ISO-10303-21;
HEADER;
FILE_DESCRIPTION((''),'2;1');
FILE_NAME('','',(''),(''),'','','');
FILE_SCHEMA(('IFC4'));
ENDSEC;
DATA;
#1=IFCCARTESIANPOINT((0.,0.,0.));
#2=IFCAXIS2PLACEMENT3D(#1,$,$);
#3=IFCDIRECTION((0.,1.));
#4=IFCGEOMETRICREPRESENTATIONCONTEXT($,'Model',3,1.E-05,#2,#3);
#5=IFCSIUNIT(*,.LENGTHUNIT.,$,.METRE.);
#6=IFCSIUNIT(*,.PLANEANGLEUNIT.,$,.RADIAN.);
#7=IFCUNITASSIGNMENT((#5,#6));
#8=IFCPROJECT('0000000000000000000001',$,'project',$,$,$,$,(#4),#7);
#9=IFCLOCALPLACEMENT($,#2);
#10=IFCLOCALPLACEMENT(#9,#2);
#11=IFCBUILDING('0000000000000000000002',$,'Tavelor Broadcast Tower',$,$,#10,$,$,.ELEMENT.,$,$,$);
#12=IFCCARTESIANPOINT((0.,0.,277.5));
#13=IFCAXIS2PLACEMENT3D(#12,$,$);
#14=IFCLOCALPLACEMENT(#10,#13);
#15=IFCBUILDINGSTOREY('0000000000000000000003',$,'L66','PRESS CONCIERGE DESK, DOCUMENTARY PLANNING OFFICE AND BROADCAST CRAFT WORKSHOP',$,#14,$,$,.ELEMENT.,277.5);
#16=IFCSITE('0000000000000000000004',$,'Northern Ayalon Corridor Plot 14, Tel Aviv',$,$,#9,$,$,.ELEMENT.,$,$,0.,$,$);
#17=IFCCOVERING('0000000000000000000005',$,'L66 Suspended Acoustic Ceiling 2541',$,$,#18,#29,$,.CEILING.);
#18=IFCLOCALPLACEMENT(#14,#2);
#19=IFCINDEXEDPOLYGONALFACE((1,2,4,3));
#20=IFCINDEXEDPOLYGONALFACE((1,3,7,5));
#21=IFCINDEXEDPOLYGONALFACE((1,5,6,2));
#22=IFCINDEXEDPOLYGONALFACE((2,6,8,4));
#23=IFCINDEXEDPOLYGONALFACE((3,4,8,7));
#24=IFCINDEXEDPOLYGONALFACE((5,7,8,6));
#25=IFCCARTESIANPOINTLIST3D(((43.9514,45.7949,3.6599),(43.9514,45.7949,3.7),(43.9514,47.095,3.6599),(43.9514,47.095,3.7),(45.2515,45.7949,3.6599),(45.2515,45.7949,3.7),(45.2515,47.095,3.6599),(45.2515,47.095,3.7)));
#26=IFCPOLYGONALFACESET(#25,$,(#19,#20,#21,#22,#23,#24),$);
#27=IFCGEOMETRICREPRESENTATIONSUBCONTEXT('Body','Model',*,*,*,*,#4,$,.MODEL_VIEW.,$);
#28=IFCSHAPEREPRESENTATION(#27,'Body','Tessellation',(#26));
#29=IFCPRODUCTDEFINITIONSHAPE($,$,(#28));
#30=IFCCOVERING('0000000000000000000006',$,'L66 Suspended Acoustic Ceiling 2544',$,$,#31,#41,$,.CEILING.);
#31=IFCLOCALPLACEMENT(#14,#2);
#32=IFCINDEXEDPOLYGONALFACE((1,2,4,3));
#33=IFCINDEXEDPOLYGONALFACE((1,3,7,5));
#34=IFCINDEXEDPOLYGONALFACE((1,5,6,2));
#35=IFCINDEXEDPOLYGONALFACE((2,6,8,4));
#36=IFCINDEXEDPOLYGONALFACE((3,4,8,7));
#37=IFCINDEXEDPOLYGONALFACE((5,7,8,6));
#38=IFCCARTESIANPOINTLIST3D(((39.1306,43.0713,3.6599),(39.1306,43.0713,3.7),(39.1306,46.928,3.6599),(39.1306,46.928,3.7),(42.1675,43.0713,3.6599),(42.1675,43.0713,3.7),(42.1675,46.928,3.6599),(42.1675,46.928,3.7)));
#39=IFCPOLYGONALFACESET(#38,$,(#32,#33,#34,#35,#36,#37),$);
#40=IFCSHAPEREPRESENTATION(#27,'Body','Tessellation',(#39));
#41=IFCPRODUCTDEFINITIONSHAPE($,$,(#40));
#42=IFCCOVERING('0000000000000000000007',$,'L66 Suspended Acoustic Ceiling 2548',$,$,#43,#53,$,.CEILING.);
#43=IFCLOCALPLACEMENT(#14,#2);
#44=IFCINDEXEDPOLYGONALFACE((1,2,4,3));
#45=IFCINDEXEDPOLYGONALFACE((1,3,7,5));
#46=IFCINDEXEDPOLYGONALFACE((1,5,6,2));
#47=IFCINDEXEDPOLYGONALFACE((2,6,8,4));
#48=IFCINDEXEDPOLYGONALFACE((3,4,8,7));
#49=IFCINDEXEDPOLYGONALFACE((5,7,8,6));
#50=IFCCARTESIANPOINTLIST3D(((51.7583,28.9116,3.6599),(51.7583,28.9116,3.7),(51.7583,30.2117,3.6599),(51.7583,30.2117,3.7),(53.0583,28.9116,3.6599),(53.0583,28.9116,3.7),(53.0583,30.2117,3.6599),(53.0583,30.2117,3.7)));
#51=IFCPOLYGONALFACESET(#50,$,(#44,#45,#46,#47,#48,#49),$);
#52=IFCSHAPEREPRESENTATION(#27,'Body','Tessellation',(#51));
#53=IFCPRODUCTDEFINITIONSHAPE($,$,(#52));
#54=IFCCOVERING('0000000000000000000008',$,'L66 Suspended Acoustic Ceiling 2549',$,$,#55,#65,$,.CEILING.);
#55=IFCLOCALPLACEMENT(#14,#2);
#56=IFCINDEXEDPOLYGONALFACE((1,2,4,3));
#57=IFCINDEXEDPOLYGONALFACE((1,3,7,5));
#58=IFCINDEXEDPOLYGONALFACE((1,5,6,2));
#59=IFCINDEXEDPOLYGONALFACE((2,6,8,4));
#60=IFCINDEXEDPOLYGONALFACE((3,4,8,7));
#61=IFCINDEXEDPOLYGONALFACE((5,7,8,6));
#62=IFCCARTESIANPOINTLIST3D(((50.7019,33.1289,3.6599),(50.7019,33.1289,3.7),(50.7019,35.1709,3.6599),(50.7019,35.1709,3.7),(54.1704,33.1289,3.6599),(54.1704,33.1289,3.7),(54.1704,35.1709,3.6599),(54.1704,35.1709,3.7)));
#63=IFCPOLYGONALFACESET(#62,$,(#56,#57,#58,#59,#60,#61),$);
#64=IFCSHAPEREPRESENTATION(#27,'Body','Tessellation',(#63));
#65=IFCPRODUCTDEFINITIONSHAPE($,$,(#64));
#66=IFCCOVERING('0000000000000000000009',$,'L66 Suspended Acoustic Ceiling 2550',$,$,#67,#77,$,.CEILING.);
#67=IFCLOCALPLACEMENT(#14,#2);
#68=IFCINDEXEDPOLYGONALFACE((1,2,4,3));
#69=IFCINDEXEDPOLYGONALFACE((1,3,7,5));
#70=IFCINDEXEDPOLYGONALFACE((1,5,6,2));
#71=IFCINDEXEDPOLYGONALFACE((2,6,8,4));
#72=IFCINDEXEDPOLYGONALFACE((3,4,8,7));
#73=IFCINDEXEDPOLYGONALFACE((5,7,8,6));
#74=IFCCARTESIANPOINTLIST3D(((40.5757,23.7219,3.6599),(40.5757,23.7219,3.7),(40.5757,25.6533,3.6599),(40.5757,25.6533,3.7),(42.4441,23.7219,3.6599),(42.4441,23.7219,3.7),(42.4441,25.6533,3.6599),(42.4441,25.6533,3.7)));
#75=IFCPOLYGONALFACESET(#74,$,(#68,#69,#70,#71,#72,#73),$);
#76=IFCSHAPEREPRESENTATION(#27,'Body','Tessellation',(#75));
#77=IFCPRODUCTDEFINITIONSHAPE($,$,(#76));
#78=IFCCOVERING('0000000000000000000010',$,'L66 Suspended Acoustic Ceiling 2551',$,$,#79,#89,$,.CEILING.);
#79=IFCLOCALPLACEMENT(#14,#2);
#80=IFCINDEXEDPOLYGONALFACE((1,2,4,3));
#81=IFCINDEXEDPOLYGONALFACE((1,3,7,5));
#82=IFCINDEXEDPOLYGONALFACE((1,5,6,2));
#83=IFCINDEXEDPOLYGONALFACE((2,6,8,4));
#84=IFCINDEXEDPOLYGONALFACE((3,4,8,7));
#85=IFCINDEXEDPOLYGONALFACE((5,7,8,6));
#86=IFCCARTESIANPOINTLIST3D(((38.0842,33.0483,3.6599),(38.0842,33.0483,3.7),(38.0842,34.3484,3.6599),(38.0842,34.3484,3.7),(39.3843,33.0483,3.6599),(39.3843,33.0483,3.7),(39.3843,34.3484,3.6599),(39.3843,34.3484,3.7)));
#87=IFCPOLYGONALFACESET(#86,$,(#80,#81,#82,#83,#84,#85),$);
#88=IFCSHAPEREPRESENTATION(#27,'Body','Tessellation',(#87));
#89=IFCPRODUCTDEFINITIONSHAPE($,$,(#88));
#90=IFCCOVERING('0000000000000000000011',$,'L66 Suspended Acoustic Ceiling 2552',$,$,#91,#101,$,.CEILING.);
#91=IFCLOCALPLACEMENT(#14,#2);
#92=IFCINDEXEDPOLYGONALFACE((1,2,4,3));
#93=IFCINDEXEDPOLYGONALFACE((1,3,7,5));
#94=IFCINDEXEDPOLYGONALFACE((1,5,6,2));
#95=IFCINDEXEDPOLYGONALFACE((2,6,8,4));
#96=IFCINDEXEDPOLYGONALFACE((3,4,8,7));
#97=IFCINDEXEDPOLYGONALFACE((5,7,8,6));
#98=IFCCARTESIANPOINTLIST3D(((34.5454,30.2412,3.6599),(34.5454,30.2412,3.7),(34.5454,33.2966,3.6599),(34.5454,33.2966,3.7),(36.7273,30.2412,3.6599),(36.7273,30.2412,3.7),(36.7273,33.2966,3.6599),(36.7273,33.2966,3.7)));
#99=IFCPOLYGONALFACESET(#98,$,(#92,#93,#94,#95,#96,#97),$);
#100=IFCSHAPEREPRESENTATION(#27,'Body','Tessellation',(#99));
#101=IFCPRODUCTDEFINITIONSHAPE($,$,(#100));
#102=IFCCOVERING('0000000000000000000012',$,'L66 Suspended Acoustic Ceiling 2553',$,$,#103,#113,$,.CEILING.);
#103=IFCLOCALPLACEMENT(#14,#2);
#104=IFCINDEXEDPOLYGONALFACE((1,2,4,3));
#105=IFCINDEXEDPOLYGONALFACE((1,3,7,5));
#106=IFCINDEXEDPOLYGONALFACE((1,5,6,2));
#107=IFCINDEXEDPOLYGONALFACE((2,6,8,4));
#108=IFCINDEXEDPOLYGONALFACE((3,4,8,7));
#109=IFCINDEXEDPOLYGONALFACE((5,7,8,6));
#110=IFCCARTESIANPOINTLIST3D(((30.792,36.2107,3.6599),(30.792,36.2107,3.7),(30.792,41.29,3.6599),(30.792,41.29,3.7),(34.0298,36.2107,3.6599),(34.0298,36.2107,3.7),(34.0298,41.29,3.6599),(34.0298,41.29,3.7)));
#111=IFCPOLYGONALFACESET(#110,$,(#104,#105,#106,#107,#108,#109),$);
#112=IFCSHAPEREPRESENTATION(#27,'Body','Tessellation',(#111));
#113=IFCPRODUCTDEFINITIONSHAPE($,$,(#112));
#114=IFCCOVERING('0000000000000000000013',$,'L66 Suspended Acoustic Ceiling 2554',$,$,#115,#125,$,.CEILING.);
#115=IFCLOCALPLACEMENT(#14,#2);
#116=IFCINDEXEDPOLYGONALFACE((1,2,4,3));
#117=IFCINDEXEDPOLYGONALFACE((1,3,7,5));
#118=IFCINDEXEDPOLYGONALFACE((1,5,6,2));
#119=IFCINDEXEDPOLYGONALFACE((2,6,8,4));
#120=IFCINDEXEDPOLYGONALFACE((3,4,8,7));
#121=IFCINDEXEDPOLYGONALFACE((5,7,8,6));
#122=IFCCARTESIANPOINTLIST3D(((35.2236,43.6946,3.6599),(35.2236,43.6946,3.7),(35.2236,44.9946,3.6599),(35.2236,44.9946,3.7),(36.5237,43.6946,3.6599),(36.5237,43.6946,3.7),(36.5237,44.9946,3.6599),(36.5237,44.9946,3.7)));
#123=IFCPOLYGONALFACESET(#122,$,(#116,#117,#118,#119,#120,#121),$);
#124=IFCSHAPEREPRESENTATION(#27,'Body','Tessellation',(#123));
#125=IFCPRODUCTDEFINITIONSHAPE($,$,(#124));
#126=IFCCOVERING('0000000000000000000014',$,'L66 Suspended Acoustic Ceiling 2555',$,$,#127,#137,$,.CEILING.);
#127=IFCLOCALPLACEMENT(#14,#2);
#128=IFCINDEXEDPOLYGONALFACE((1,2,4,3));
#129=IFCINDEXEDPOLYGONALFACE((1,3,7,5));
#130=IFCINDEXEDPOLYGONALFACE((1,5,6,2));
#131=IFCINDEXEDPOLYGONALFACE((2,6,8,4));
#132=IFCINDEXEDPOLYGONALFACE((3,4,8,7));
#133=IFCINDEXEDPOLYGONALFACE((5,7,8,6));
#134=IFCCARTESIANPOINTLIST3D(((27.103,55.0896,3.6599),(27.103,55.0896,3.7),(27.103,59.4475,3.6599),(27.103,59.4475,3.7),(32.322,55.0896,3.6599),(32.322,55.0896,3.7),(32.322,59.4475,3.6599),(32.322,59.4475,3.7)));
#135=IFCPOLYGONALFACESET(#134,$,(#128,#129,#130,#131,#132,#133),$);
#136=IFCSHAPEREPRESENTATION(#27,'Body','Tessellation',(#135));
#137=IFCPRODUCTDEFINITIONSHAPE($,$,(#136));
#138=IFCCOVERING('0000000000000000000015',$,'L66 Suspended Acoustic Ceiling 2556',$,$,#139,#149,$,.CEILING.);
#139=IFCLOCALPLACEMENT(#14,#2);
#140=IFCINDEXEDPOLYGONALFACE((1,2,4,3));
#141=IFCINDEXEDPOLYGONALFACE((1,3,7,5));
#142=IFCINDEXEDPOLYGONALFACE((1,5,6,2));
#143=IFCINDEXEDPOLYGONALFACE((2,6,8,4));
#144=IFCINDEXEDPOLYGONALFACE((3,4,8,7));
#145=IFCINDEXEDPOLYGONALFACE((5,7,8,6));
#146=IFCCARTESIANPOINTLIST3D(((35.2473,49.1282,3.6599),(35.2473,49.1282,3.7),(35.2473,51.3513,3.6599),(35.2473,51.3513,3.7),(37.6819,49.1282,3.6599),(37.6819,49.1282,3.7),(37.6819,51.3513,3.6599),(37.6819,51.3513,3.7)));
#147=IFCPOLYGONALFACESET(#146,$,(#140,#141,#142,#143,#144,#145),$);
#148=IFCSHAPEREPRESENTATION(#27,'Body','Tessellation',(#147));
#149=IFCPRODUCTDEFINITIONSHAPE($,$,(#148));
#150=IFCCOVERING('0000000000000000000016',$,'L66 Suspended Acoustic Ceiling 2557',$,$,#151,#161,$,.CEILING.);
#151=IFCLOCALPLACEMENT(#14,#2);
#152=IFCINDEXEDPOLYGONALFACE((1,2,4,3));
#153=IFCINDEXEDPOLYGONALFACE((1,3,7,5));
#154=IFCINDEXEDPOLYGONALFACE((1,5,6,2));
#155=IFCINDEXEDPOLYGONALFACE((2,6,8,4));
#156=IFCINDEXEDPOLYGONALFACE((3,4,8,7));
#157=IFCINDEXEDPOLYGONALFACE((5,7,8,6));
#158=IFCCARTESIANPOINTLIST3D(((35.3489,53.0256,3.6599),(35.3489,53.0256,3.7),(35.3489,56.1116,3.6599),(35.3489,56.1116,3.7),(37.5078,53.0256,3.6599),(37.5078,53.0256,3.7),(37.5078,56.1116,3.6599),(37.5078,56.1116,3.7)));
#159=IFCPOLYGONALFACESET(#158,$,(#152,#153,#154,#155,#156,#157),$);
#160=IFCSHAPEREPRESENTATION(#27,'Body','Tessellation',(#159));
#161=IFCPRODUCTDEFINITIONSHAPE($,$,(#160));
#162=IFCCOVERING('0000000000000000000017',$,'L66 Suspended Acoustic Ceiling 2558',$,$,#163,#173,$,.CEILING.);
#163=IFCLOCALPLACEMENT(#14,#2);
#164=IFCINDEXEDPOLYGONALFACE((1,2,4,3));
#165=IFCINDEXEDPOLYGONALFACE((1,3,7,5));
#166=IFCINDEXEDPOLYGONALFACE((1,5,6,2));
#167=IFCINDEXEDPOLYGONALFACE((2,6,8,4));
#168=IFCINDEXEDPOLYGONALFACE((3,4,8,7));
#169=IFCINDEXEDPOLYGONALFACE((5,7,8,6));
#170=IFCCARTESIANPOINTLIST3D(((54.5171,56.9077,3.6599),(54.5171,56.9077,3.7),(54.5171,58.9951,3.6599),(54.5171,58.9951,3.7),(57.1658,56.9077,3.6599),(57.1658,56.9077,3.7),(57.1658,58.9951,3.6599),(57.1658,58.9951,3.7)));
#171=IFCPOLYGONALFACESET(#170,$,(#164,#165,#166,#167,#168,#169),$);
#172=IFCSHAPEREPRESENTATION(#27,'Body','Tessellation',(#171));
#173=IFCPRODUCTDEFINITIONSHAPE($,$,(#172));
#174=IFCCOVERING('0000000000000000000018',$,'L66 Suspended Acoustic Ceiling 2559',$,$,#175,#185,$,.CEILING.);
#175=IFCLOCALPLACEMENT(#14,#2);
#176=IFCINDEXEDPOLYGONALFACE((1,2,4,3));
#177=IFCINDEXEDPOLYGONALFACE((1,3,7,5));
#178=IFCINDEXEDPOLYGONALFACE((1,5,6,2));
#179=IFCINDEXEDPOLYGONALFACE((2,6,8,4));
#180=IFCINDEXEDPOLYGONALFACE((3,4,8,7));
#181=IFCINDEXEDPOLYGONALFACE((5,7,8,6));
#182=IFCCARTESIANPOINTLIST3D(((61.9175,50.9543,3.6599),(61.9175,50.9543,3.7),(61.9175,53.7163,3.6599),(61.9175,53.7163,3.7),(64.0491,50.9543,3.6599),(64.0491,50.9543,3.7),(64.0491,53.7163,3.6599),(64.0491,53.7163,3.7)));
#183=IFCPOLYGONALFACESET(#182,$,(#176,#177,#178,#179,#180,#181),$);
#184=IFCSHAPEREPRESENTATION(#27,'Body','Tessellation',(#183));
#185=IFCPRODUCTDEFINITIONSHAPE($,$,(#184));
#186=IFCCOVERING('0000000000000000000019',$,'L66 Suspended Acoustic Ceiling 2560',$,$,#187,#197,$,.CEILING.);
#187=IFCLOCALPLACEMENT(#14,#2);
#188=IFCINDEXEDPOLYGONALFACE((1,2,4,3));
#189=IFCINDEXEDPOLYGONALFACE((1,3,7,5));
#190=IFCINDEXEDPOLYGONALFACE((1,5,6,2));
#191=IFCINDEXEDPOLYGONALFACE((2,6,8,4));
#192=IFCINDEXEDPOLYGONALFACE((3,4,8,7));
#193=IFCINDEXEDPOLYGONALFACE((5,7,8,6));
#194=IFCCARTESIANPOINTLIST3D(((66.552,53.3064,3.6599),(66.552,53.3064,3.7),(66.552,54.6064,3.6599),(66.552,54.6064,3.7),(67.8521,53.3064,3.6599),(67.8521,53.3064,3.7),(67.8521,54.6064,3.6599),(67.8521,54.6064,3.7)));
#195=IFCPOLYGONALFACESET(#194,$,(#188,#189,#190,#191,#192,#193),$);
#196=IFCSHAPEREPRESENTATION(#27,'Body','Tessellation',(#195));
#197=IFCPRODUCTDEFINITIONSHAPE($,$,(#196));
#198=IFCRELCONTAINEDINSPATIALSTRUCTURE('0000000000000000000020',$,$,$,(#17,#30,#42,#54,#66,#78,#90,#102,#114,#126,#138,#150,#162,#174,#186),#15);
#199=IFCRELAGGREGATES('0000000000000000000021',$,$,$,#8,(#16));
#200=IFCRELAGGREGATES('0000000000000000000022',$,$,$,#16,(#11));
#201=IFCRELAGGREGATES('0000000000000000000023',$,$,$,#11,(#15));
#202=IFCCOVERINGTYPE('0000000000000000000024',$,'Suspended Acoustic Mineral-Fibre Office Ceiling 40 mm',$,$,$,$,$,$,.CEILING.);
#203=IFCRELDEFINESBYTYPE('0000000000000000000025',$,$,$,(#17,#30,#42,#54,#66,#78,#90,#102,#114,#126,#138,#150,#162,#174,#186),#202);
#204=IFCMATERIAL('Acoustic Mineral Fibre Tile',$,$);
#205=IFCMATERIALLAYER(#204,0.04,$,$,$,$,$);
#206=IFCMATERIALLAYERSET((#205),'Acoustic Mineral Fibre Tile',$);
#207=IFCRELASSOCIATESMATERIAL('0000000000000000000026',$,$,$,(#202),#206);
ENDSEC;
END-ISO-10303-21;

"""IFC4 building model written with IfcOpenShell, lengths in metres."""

from ifc_helpers import new_model, si_unit, direction, frame, origin, place, context, subcontext, project, spatial, polyline, outline, extrude, material, layer, layer_set, type_object, element, save


model = new_model("IFC4")

# Units and contexts
model_context = context("Model", 3, precision=1e-05, world=origin(), true_north=direction((0.0, 1.0)))
body_context = subcontext(model_context, "Body", "Model", "MODEL_VIEW")
ifc_project = project(units=[si_unit("LENGTHUNIT", "METRE"), si_unit("PLANEANGLEUNIT", "RADIAN")], contexts=[model_context])

# Site, building, storey
site_placement = place(None, origin())
site = spatial("IfcSite", under=ifc_project, at=site_placement, Name="Northern Ayalon Corridor Plot 14, Tel Aviv", CompositionType="ELEMENT", RefElevation=0.0)
building_placement = place(site_placement, origin())
building = spatial("IfcBuilding", under=site, at=building_placement, Name="Tavelor Broadcast Tower", CompositionType="ELEMENT")
storey_placement = place(building_placement, frame((0.0, 0.0, 277.5)))
storey = spatial("IfcBuildingStorey", under=building, at=storey_placement, Name="L66", Description="PRESS CONCIERGE DESK, DOCUMENTARY PLANNING OFFICE AND BROADCAST CRAFT WORKSHOP", CompositionType="ELEMENT", Elevation=277.5)

# Coverings
ifc_material_1 = material(Name="Acoustic Mineral Fibre Tile")
ifc_layer_1 = layer(ifc_material_1, 0.04)
ifc_layer_set_1 = layer_set([ifc_layer_1], Name="Acoustic Mineral Fibre Tile")
covering_type_1 = type_object("IfcCoveringType", Name="Suspended Acoustic Mineral-Fibre Office Ceiling 40 mm", PredefinedType="CEILING", material=ifc_layer_set_1)
covering_1_placement = place(storey_placement, frame((0.0, 0.0, 3.6599)))
element("IfcCovering", 1, at=covering_1_placement, inside=storey, type_object=covering_type_1, Name="L66 Suspended Acoustic Ceiling 2541", PredefinedType="CEILING", context=body_context, shape_type="SweptSolid", body=[
    extrude(outline(polyline([(43.9514, 45.7949), (45.2515, 45.7949), (45.2515, 47.095), (43.9514, 47.095), (43.9514, 45.7949)])), origin(), (0.0, 0.0, 1.0), 0.04),
])
covering_2_placement = place(storey_placement, frame((0.0, 0.0, 3.6599)))
element("IfcCovering", 2, at=covering_2_placement, inside=storey, type_object=covering_type_1, Name="L66 Suspended Acoustic Ceiling 2544", PredefinedType="CEILING", context=body_context, shape_type="SweptSolid", body=[
    extrude(outline(polyline([(39.1306, 43.0713), (42.1675, 43.0713), (42.1675, 46.928), (39.1306, 46.928), (39.1306, 43.0713)])), origin(), (0.0, 0.0, 1.0), 0.04),
])
covering_3_placement = place(storey_placement, frame((0.0, 0.0, 3.6599)))
element("IfcCovering", 3, at=covering_3_placement, inside=storey, type_object=covering_type_1, Name="L66 Suspended Acoustic Ceiling 2548", PredefinedType="CEILING", context=body_context, shape_type="SweptSolid", body=[
    extrude(outline(polyline([(51.7583, 28.9116), (53.0583, 28.9116), (53.0583, 30.2117), (51.7583, 30.2117), (51.7583, 28.9116)])), origin(), (0.0, 0.0, 1.0), 0.04),
])
covering_4_placement = place(storey_placement, frame((0.0, 0.0, 3.6599)))
element("IfcCovering", 4, at=covering_4_placement, inside=storey, type_object=covering_type_1, Name="L66 Suspended Acoustic Ceiling 2549", PredefinedType="CEILING", context=body_context, shape_type="SweptSolid", body=[
    extrude(outline(polyline([(50.7019, 33.1289), (54.1704, 33.1289), (54.1704, 35.1709), (50.7019, 35.1709), (50.7019, 33.1289)])), origin(), (0.0, 0.0, 1.0), 0.04),
])
covering_5_placement = place(storey_placement, frame((0.0, 0.0, 3.6599)))
element("IfcCovering", 5, at=covering_5_placement, inside=storey, type_object=covering_type_1, Name="L66 Suspended Acoustic Ceiling 2550", PredefinedType="CEILING", context=body_context, shape_type="SweptSolid", body=[
    extrude(outline(polyline([(40.5757, 23.7219), (42.4441, 23.7219), (42.4441, 25.6533), (40.5757, 25.6533), (40.5757, 23.7219)])), origin(), (0.0, 0.0, 1.0), 0.04),
])
covering_6_placement = place(storey_placement, frame((0.0, 0.0, 3.6599)))
element("IfcCovering", 6, at=covering_6_placement, inside=storey, type_object=covering_type_1, Name="L66 Suspended Acoustic Ceiling 2551", PredefinedType="CEILING", context=body_context, shape_type="SweptSolid", body=[
    extrude(outline(polyline([(38.0842, 33.0483), (39.3843, 33.0483), (39.3843, 34.3484), (38.0842, 34.3484), (38.0842, 33.0483)])), origin(), (0.0, 0.0, 1.0), 0.04),
])
covering_7_placement = place(storey_placement, frame((0.0, 0.0, 3.6599)))
element("IfcCovering", 7, at=covering_7_placement, inside=storey, type_object=covering_type_1, Name="L66 Suspended Acoustic Ceiling 2552", PredefinedType="CEILING", context=body_context, shape_type="SweptSolid", body=[
    extrude(outline(polyline([(34.5454, 30.2412), (36.7273, 30.2412), (36.7273, 33.2966), (34.5454, 33.2966), (34.5454, 30.2412)])), origin(), (0.0, 0.0, 1.0), 0.04),
])
covering_8_placement = place(storey_placement, frame((0.0, 0.0, 3.6599)))
element("IfcCovering", 8, at=covering_8_placement, inside=storey, type_object=covering_type_1, Name="L66 Suspended Acoustic Ceiling 2553", PredefinedType="CEILING", context=body_context, shape_type="SweptSolid", body=[
    extrude(outline(polyline([(30.792, 36.2107), (34.0298, 36.2107), (34.0298, 41.29), (30.792, 41.29), (30.792, 36.2107)])), origin(), (0.0, 0.0, 1.0), 0.04),
])
covering_9_placement = place(storey_placement, frame((0.0, 0.0, 3.6599)))
element("IfcCovering", 9, at=covering_9_placement, inside=storey, type_object=covering_type_1, Name="L66 Suspended Acoustic Ceiling 2554", PredefinedType="CEILING", context=body_context, shape_type="SweptSolid", body=[
    extrude(outline(polyline([(35.2236, 43.6946), (36.5237, 43.6946), (36.5237, 44.9946), (35.2236, 44.9946), (35.2236, 43.6946)])), origin(), (0.0, 0.0, 1.0), 0.04),
])
covering_10_placement = place(storey_placement, frame((0.0, 0.0, 3.6599)))
element("IfcCovering", 10, at=covering_10_placement, inside=storey, type_object=covering_type_1, Name="L66 Suspended Acoustic Ceiling 2555", PredefinedType="CEILING", context=body_context, shape_type="SweptSolid", body=[
    extrude(outline(polyline([(27.103, 55.0896), (32.322, 55.0896), (32.322, 59.4475), (27.103, 59.4475), (27.103, 55.0896)])), origin(), (0.0, 0.0, 1.0), 0.04),
])
covering_11_placement = place(storey_placement, frame((0.0, 0.0, 3.6599)))
element("IfcCovering", 11, at=covering_11_placement, inside=storey, type_object=covering_type_1, Name="L66 Suspended Acoustic Ceiling 2556", PredefinedType="CEILING", context=body_context, shape_type="SweptSolid", body=[
    extrude(outline(polyline([(35.2473, 49.1282), (37.6819, 49.1282), (37.6819, 51.3513), (35.2473, 51.3513), (35.2473, 49.1282)])), origin(), (0.0, 0.0, 1.0), 0.04),
])
covering_12_placement = place(storey_placement, frame((0.0, 0.0, 3.6599)))
element("IfcCovering", 12, at=covering_12_placement, inside=storey, type_object=covering_type_1, Name="L66 Suspended Acoustic Ceiling 2557", PredefinedType="CEILING", context=body_context, shape_type="SweptSolid", body=[
    extrude(outline(polyline([(35.3489, 53.0256), (37.5078, 53.0256), (37.5078, 56.1116), (35.3489, 56.1116), (35.3489, 53.0256)])), origin(), (0.0, 0.0, 1.0), 0.04),
])
covering_13_placement = place(storey_placement, frame((0.0, 0.0, 3.6599)))
element("IfcCovering", 13, at=covering_13_placement, inside=storey, type_object=covering_type_1, Name="L66 Suspended Acoustic Ceiling 2558", PredefinedType="CEILING", context=body_context, shape_type="SweptSolid", body=[
    extrude(outline(polyline([(54.5171, 56.9077), (57.1658, 56.9077), (57.1658, 58.9951), (54.5171, 58.9951), (54.5171, 56.9077)])), origin(), (0.0, 0.0, 1.0), 0.04),
])
covering_14_placement = place(storey_placement, frame((0.0, 0.0, 3.6599)))
element("IfcCovering", 14, at=covering_14_placement, inside=storey, type_object=covering_type_1, Name="L66 Suspended Acoustic Ceiling 2559", PredefinedType="CEILING", context=body_context, shape_type="SweptSolid", body=[
    extrude(outline(polyline([(61.9175, 50.9543), (64.0491, 50.9543), (64.0491, 53.7163), (61.9175, 53.7163), (61.9175, 50.9543)])), origin(), (0.0, 0.0, 1.0), 0.04),
])
covering_15_placement = place(storey_placement, frame((0.0, 0.0, 3.6599)))
element("IfcCovering", 15, at=covering_15_placement, inside=storey, type_object=covering_type_1, Name="L66 Suspended Acoustic Ceiling 2560", PredefinedType="CEILING", context=body_context, shape_type="SweptSolid", body=[
    extrude(outline(polyline([(66.552, 53.3064), (67.8521, 53.3064), (67.8521, 54.6064), (66.552, 54.6064), (66.552, 53.3064)])), origin(), (0.0, 0.0, 1.0), 0.04),
])

save(model, "model.ifc")
